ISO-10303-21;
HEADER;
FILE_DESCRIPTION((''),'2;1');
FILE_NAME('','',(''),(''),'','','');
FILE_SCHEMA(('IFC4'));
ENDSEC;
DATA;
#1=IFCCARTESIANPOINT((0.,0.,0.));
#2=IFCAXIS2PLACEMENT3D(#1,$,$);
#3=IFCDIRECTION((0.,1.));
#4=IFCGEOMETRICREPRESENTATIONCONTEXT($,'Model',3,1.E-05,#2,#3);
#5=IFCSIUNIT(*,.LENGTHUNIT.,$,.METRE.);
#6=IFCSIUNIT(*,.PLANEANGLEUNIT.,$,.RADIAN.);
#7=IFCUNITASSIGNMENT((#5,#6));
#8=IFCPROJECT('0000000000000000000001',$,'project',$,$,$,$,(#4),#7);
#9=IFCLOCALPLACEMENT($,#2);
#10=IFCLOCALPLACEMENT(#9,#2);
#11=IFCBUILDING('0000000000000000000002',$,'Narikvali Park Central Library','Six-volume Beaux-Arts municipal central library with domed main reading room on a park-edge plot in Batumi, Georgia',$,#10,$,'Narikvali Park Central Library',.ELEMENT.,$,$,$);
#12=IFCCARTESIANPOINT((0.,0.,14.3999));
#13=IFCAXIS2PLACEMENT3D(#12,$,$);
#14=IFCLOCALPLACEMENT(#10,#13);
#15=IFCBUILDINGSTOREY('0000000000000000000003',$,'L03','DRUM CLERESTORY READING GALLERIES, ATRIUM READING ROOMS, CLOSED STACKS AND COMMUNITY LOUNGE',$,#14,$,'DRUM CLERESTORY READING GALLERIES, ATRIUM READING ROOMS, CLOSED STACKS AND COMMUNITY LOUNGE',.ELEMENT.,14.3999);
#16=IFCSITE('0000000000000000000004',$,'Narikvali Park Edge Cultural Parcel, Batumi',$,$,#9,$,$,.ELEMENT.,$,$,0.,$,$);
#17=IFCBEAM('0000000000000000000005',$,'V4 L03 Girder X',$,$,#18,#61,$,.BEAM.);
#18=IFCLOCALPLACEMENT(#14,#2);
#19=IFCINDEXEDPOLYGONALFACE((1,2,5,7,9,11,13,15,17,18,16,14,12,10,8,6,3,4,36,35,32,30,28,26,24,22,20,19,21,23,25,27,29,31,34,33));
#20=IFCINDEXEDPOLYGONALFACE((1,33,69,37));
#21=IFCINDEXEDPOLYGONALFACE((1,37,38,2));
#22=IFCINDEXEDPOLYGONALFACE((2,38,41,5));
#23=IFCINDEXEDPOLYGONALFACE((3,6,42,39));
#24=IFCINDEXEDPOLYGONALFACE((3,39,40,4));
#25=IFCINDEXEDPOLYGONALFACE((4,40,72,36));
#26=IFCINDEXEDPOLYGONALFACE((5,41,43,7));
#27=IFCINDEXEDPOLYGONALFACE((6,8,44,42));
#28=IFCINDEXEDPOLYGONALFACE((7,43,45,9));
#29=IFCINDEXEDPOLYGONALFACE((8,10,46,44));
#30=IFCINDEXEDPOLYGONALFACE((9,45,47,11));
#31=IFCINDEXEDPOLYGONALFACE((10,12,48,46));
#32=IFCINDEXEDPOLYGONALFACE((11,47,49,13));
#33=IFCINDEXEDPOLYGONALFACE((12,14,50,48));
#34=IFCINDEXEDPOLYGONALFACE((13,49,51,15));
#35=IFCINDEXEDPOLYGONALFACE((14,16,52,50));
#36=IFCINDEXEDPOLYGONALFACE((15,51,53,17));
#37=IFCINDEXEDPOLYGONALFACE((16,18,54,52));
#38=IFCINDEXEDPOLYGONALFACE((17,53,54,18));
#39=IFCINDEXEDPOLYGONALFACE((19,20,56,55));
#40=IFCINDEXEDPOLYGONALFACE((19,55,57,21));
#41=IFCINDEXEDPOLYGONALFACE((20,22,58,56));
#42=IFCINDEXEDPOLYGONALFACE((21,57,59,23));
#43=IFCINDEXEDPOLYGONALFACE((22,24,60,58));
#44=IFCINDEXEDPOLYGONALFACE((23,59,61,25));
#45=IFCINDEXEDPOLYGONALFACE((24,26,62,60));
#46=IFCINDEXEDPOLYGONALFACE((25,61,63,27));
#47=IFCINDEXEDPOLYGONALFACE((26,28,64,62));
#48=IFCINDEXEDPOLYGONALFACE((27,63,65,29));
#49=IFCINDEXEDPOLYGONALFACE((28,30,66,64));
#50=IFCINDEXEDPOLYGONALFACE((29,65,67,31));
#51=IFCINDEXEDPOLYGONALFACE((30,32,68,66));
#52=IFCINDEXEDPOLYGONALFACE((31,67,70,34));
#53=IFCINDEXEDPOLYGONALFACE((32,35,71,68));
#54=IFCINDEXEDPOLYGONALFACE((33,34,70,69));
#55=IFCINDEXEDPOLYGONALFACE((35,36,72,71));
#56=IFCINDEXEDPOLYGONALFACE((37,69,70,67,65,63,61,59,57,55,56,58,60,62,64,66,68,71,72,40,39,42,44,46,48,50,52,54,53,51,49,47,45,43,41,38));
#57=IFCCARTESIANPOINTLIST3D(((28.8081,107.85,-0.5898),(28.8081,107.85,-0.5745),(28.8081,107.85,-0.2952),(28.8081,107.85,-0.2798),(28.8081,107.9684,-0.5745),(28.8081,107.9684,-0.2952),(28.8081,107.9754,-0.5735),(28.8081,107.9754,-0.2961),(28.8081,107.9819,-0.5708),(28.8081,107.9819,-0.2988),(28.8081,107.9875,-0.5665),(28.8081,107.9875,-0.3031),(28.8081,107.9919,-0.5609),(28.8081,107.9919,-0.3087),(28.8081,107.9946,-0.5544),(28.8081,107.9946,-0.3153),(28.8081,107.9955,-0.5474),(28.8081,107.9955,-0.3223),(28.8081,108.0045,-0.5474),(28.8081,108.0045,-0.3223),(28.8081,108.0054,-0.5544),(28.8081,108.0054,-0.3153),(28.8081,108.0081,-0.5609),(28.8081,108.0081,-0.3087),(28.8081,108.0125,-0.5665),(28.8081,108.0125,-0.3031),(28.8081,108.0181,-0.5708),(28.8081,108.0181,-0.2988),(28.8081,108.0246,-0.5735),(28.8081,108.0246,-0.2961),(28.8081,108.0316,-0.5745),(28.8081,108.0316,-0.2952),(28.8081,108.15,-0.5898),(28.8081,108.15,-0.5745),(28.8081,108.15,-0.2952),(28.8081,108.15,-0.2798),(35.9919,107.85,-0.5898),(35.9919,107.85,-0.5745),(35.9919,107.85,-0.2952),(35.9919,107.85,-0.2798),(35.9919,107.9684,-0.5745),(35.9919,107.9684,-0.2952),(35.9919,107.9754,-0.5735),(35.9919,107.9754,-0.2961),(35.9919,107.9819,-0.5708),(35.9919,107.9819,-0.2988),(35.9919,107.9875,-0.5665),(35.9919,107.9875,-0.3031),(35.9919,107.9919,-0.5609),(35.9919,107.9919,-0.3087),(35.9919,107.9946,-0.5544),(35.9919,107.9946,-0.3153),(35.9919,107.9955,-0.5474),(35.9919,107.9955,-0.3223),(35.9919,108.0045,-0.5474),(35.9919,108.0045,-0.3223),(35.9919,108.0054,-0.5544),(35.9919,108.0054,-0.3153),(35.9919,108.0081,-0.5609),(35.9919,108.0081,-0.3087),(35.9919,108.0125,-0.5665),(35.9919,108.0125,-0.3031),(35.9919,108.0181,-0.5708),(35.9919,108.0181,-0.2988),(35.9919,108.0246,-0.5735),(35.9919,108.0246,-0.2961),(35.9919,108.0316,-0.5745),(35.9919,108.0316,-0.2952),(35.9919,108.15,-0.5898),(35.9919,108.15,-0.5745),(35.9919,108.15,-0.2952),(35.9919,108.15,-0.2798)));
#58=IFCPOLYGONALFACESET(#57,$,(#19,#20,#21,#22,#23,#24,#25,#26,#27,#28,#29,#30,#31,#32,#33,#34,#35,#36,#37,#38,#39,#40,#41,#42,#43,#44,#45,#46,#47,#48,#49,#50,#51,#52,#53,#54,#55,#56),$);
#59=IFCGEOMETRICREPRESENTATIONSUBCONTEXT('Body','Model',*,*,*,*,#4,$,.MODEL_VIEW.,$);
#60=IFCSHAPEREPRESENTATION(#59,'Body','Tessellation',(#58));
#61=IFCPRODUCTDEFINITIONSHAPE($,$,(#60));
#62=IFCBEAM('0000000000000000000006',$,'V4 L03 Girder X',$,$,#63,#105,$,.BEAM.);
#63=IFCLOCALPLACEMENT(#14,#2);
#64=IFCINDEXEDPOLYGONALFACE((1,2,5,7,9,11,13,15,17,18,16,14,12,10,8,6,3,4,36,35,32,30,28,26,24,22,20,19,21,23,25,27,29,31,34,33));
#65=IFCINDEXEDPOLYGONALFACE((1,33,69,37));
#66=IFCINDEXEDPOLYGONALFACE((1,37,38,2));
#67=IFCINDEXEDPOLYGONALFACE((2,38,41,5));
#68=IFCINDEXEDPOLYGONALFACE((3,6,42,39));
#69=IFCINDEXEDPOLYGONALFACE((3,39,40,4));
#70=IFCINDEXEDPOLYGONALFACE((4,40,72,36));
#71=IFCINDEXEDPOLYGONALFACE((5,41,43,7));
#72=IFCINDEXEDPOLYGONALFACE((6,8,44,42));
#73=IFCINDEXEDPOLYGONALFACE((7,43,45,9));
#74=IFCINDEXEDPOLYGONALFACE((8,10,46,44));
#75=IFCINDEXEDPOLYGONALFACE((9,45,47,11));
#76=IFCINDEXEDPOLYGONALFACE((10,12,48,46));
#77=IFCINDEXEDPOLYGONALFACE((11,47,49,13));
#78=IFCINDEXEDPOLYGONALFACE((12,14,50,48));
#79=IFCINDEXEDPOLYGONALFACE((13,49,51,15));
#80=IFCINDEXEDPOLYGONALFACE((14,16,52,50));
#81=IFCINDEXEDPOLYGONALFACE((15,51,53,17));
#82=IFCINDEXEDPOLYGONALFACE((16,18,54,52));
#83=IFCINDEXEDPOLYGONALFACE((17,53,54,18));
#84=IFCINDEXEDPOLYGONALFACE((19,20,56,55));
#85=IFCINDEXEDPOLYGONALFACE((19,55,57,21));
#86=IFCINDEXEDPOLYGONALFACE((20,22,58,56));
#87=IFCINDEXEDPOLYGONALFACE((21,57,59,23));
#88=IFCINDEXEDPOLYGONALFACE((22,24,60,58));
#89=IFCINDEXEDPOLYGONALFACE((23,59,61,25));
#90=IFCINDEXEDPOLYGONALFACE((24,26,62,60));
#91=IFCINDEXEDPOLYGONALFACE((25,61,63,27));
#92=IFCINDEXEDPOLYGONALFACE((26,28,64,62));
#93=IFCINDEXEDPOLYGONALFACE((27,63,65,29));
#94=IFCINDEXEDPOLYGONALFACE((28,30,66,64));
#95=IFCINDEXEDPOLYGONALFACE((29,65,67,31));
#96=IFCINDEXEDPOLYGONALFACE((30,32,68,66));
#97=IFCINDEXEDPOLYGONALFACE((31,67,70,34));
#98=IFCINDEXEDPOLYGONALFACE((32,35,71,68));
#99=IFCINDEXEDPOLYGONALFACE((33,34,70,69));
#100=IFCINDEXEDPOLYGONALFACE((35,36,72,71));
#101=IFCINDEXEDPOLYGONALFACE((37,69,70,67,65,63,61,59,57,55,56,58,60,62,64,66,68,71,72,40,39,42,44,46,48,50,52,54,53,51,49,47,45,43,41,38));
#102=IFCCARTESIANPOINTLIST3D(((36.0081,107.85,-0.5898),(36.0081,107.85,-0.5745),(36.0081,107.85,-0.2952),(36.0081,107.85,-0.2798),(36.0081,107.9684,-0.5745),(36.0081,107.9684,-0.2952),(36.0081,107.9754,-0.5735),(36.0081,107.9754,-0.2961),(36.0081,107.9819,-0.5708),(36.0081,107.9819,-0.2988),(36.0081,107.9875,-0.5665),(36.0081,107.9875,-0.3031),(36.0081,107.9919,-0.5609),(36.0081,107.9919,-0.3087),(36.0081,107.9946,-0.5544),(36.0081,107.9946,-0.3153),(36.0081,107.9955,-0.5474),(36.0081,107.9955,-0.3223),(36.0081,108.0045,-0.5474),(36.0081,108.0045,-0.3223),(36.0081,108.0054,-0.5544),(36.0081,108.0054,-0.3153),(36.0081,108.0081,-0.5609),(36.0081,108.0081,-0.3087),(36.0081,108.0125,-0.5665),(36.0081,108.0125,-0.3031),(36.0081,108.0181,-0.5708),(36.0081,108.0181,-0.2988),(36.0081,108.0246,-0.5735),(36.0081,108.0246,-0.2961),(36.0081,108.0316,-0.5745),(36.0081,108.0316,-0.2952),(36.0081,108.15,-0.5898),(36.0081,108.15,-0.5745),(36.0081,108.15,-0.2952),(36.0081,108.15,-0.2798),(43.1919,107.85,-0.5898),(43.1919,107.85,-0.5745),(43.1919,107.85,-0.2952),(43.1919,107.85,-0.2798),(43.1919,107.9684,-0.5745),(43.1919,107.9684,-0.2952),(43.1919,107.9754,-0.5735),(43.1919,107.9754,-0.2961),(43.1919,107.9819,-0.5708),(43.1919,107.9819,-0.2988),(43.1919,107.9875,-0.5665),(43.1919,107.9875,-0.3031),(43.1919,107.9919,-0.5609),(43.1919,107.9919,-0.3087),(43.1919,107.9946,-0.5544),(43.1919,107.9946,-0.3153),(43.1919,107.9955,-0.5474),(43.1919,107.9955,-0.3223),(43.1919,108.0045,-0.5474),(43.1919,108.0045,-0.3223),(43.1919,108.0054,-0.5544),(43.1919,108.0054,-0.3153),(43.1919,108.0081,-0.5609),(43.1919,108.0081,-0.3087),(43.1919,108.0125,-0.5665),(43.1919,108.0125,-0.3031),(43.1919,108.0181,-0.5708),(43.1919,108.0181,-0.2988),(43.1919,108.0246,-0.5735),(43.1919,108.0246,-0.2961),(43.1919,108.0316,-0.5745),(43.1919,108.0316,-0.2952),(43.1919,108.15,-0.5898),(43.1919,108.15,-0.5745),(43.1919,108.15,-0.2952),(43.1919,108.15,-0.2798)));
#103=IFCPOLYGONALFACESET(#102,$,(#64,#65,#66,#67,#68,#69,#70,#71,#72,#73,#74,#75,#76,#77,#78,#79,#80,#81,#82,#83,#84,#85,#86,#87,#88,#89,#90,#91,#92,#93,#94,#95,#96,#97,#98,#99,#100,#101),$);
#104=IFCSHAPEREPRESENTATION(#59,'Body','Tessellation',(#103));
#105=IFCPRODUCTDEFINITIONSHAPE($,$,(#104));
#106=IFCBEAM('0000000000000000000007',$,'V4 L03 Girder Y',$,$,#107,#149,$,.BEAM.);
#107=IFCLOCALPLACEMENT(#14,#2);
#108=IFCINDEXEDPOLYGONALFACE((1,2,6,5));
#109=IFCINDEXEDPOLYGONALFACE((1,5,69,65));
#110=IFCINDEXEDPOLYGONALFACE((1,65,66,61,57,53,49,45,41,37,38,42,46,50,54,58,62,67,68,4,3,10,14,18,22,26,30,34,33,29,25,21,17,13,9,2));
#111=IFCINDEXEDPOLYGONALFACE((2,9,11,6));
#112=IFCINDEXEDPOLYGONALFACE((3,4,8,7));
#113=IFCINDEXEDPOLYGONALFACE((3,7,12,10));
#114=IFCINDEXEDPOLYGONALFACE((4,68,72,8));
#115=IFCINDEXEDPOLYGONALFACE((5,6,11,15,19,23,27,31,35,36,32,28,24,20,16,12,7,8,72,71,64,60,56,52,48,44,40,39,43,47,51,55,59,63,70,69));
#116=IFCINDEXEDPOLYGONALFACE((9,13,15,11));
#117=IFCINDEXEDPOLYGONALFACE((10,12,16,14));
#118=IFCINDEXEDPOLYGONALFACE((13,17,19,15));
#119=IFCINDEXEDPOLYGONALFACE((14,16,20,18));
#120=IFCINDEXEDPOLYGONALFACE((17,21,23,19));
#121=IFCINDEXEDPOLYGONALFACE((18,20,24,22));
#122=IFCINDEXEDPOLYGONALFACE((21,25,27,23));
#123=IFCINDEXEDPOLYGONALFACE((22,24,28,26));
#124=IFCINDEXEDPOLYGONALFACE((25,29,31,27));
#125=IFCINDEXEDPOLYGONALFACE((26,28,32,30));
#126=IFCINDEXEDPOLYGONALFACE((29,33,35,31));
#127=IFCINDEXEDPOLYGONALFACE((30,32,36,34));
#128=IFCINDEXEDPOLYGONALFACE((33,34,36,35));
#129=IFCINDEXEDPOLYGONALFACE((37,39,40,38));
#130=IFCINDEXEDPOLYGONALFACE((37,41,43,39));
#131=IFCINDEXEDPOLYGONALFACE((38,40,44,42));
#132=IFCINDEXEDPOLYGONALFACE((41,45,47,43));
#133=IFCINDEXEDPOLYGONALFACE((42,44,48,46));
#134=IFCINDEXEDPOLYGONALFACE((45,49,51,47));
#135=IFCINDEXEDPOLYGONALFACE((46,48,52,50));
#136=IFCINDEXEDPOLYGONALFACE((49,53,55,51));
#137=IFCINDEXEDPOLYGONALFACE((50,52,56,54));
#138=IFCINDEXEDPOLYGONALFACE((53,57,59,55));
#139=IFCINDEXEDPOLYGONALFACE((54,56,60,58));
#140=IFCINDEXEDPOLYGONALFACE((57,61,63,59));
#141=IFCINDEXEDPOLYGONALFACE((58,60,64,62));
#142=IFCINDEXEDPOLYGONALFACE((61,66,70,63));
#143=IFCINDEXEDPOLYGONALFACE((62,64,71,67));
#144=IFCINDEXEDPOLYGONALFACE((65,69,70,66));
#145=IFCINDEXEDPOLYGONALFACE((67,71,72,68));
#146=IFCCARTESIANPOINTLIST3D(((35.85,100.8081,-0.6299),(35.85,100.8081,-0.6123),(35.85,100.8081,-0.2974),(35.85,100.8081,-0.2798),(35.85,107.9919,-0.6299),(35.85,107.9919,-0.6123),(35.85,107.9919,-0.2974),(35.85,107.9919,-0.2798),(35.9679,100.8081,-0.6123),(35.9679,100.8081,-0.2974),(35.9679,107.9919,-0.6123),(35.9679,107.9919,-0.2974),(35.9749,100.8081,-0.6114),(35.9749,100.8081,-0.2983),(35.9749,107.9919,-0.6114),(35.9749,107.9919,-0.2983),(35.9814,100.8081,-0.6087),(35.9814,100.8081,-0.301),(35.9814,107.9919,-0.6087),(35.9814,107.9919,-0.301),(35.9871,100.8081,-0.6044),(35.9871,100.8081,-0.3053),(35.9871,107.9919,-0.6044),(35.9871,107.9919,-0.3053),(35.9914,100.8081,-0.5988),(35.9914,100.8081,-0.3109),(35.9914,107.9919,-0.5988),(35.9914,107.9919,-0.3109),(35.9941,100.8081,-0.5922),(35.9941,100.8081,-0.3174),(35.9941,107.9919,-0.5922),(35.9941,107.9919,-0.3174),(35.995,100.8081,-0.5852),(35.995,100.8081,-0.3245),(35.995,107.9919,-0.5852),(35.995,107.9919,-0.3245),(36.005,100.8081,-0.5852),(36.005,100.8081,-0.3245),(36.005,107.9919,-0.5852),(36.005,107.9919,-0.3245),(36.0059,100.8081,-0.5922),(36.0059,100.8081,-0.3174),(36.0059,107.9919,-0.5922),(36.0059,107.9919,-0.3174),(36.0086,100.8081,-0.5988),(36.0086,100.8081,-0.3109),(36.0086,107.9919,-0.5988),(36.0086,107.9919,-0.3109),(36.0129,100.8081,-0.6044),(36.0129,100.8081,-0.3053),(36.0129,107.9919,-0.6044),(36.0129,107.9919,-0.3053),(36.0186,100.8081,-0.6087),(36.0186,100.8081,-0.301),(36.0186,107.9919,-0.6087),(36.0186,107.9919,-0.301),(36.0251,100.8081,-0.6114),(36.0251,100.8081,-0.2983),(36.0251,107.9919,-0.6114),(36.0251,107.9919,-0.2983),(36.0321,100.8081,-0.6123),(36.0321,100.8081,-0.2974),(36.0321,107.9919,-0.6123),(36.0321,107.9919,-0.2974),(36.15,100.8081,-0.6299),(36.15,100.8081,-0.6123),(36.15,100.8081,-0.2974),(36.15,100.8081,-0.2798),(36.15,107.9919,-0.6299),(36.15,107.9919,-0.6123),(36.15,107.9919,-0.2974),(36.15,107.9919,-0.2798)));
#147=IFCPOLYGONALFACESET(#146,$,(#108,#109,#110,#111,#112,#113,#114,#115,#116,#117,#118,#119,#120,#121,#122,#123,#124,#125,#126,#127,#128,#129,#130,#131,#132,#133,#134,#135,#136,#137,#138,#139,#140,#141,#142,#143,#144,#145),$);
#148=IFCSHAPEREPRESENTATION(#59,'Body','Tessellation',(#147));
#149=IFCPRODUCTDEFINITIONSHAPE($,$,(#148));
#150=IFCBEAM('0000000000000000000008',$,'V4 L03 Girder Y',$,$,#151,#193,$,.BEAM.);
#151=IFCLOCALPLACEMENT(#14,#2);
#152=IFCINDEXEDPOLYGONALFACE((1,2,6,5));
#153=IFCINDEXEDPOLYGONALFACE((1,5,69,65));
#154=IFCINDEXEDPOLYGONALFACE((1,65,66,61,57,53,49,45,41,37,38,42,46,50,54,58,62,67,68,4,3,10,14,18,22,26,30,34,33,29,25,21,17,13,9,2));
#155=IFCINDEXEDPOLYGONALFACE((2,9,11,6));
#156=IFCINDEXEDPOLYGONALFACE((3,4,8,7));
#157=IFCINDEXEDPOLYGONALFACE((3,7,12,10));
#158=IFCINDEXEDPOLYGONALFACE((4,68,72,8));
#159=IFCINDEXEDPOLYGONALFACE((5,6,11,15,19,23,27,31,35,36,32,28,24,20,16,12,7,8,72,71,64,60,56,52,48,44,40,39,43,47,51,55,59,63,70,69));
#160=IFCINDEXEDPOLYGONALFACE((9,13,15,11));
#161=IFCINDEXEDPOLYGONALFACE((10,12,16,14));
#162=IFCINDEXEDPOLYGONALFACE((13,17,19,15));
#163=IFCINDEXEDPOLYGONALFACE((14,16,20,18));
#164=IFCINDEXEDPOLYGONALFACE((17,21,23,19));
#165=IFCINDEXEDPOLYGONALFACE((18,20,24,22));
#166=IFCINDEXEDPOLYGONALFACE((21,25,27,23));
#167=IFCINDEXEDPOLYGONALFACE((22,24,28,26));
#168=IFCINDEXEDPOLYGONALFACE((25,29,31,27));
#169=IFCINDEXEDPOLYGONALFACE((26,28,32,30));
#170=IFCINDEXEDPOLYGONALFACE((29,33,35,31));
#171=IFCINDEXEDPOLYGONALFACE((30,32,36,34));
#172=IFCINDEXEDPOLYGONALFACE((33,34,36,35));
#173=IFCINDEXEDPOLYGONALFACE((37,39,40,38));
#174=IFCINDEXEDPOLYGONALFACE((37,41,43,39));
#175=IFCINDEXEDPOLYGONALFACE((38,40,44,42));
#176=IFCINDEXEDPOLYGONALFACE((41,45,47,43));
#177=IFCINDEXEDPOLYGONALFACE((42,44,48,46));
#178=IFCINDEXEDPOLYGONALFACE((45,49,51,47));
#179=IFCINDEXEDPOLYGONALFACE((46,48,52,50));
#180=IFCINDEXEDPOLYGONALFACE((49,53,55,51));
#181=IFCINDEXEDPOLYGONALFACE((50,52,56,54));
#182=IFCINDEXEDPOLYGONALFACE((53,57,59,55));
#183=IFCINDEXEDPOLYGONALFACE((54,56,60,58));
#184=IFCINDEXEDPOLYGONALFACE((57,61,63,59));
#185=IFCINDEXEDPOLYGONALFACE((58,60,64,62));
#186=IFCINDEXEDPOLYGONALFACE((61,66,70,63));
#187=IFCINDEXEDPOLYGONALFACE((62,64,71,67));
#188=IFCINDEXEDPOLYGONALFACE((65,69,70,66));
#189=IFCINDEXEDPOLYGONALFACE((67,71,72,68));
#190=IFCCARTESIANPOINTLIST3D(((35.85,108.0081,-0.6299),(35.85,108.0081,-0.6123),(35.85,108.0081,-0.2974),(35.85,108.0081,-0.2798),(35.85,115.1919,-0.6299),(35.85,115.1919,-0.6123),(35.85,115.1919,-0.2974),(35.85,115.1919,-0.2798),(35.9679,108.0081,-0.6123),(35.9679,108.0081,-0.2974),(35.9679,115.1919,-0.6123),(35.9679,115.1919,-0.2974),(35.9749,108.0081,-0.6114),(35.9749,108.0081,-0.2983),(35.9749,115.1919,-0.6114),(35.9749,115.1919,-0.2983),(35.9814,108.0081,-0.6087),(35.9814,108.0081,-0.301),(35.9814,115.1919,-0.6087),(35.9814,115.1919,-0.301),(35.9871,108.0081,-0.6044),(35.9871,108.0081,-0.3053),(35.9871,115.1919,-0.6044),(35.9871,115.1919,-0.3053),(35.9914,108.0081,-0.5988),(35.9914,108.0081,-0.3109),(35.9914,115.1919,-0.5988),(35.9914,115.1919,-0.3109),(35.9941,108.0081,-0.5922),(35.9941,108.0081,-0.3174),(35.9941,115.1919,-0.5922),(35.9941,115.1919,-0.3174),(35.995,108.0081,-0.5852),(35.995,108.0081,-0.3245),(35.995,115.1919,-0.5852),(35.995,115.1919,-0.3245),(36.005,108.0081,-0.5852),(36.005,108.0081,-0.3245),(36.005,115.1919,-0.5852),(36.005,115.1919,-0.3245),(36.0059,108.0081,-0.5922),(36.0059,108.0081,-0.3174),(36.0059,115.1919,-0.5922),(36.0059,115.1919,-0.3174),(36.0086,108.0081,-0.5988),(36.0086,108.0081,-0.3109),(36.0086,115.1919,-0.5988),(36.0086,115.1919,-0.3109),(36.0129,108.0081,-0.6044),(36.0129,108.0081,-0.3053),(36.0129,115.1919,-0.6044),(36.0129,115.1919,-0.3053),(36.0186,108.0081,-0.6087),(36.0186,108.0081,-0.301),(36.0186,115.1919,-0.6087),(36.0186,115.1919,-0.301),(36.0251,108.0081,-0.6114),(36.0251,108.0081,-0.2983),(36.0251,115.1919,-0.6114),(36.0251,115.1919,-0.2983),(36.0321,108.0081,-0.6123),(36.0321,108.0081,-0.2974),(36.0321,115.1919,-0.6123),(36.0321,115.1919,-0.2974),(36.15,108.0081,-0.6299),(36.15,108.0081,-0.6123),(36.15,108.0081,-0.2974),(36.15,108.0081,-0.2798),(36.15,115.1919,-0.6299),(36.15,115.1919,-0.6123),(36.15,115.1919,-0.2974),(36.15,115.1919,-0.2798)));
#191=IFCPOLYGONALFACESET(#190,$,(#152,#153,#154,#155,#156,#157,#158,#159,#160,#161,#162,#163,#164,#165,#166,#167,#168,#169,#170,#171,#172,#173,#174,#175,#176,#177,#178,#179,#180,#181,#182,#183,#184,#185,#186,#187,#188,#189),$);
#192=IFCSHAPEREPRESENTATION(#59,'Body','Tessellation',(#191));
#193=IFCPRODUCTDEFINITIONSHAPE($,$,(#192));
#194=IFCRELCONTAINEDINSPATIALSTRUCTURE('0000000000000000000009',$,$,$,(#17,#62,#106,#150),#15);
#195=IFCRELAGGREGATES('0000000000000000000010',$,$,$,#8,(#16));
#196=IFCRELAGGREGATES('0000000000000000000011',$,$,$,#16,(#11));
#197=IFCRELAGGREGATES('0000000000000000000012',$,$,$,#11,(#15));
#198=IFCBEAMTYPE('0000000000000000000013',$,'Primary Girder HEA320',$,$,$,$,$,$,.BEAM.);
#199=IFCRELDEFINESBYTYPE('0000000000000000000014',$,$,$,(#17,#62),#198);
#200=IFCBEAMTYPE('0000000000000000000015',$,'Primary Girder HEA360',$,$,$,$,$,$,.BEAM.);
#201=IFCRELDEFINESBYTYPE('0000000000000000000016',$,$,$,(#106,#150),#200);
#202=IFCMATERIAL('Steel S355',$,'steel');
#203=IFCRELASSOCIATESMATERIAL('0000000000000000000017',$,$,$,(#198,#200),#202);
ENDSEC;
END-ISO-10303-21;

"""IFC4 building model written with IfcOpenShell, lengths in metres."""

from ifc_helpers import new_model, si_unit, direction, frame, origin, origin_2d, place, context, subcontext, project, spatial, i_section, extrude, material, material_profile, profile_set, type_object, element, save


model = new_model("IFC4")

# Units and contexts
model_context = context("Model", 3, precision=1e-05, world=origin(), true_north=direction((0.0, 1.0)))
body_context = subcontext(model_context, "Body", "Model", "MODEL_VIEW")
ifc_project = project(units=[si_unit("LENGTHUNIT", "METRE"), si_unit("PLANEANGLEUNIT", "RADIAN")], contexts=[model_context])

# Site, building, storey
site_placement = place(None, origin())
site = spatial("IfcSite", under=ifc_project, at=site_placement, Name="Narikvali Park Edge Cultural Parcel, Batumi", CompositionType="ELEMENT", RefElevation=0.0)
building_placement = place(site_placement, origin())
building = spatial("IfcBuilding", under=site, at=building_placement, Name="Narikvali Park Central Library", Description="Six-volume Beaux-Arts municipal central library with domed main reading room on a park-edge plot in Batumi, Georgia", LongName="Narikvali Park Central Library", CompositionType="ELEMENT")
storey_placement = place(building_placement, frame((0.0, 0.0, 14.3999)))
storey = spatial("IfcBuildingStorey", under=building, at=storey_placement, Name="L03", Description="DRUM CLERESTORY READING GALLERIES, ATRIUM READING ROOMS, CLOSED STACKS AND COMMUNITY LOUNGE", LongName="DRUM CLERESTORY READING GALLERIES, ATRIUM READING ROOMS, CLOSED STACKS AND COMMUNITY LOUNGE", CompositionType="ELEMENT", Elevation=14.3999)

# Shared definitions
ifc_material_1 = material(Name="Steel S355", Category="steel")

# Beams
ifc_material_profile_1 = material_profile(ifc_material_1, i_section(OverallWidth=0.3, OverallDepth=0.3101, WebThickness=0.009, FlangeThickness=0.0154, FilletRadius=0.0271, at=origin_2d()), Name="HEA 320")
ifc_profile_set_1 = profile_set([ifc_material_profile_1], Name="Steel S355")
beam_type_1 = type_object("IfcBeamType", Name="Primary Girder HEA320", PredefinedType="BEAM", material=ifc_profile_set_1)
for number, where, z_axis, x_axis, name in (
    (1, (28.8081, 108.0, -0.4348), (1.0, 0.0, 0.0), (0.0, 1.0, 0.0), "V4 L03 Girder X"),
    (2, (36.0081, 108.0, -0.4348), (1.0, 0.0, 0.0), (0.0, 1.0, 0.0), "V4 L03 Girder X"),
):
    element("IfcBeam", number, at=place(storey_placement, frame(where, z_axis=z_axis, x_axis=x_axis)), inside=storey, type_object=beam_type_1, Name=name, PredefinedType="BEAM", context=body_context, shape_type="SweptSolid", body=[
        extrude(i_section(OverallWidth=0.3, OverallDepth=0.3101, WebThickness=0.009, FlangeThickness=0.0154, FilletRadius=0.0271, at=origin_2d()), origin(), (0.0, 0.0, 1.0), 7.1838),
    ])
ifc_material_profile_2 = material_profile(ifc_material_1, i_section(OverallWidth=0.3, OverallDepth=0.3501, WebThickness=0.01, FlangeThickness=0.0176, FilletRadius=0.0271, at=origin_2d()), Name="HEA 360")
ifc_profile_set_2 = profile_set([ifc_material_profile_2], Name="Steel S355")
beam_type_2 = type_object("IfcBeamType", Name="Primary Girder HEA360", PredefinedType="BEAM", material=ifc_profile_set_2)
for number, where, z_axis, x_axis, name in (
    (3, (36.0, 100.8081, -0.4548), (0.0, 1.0, 0.0), (-1.0, 0.0, 0.0), "V4 L03 Girder Y"),
    (4, (36.0, 108.0081, -0.4548), (0.0, 1.0, 0.0), (-1.0, 0.0, 0.0), "V4 L03 Girder Y"),
):
    element("IfcBeam", number, at=place(storey_placement, frame(where, z_axis=z_axis, x_axis=x_axis)), inside=storey, type_object=beam_type_2, Name=name, PredefinedType="BEAM", context=body_context, shape_type="SweptSolid", body=[
        extrude(i_section(OverallWidth=0.3, OverallDepth=0.3501, WebThickness=0.01, FlangeThickness=0.0176, FilletRadius=0.0271, at=origin_2d()), origin(), (0.0, 0.0, 1.0), 7.1838),
    ])

save(model, "model.ifc")
